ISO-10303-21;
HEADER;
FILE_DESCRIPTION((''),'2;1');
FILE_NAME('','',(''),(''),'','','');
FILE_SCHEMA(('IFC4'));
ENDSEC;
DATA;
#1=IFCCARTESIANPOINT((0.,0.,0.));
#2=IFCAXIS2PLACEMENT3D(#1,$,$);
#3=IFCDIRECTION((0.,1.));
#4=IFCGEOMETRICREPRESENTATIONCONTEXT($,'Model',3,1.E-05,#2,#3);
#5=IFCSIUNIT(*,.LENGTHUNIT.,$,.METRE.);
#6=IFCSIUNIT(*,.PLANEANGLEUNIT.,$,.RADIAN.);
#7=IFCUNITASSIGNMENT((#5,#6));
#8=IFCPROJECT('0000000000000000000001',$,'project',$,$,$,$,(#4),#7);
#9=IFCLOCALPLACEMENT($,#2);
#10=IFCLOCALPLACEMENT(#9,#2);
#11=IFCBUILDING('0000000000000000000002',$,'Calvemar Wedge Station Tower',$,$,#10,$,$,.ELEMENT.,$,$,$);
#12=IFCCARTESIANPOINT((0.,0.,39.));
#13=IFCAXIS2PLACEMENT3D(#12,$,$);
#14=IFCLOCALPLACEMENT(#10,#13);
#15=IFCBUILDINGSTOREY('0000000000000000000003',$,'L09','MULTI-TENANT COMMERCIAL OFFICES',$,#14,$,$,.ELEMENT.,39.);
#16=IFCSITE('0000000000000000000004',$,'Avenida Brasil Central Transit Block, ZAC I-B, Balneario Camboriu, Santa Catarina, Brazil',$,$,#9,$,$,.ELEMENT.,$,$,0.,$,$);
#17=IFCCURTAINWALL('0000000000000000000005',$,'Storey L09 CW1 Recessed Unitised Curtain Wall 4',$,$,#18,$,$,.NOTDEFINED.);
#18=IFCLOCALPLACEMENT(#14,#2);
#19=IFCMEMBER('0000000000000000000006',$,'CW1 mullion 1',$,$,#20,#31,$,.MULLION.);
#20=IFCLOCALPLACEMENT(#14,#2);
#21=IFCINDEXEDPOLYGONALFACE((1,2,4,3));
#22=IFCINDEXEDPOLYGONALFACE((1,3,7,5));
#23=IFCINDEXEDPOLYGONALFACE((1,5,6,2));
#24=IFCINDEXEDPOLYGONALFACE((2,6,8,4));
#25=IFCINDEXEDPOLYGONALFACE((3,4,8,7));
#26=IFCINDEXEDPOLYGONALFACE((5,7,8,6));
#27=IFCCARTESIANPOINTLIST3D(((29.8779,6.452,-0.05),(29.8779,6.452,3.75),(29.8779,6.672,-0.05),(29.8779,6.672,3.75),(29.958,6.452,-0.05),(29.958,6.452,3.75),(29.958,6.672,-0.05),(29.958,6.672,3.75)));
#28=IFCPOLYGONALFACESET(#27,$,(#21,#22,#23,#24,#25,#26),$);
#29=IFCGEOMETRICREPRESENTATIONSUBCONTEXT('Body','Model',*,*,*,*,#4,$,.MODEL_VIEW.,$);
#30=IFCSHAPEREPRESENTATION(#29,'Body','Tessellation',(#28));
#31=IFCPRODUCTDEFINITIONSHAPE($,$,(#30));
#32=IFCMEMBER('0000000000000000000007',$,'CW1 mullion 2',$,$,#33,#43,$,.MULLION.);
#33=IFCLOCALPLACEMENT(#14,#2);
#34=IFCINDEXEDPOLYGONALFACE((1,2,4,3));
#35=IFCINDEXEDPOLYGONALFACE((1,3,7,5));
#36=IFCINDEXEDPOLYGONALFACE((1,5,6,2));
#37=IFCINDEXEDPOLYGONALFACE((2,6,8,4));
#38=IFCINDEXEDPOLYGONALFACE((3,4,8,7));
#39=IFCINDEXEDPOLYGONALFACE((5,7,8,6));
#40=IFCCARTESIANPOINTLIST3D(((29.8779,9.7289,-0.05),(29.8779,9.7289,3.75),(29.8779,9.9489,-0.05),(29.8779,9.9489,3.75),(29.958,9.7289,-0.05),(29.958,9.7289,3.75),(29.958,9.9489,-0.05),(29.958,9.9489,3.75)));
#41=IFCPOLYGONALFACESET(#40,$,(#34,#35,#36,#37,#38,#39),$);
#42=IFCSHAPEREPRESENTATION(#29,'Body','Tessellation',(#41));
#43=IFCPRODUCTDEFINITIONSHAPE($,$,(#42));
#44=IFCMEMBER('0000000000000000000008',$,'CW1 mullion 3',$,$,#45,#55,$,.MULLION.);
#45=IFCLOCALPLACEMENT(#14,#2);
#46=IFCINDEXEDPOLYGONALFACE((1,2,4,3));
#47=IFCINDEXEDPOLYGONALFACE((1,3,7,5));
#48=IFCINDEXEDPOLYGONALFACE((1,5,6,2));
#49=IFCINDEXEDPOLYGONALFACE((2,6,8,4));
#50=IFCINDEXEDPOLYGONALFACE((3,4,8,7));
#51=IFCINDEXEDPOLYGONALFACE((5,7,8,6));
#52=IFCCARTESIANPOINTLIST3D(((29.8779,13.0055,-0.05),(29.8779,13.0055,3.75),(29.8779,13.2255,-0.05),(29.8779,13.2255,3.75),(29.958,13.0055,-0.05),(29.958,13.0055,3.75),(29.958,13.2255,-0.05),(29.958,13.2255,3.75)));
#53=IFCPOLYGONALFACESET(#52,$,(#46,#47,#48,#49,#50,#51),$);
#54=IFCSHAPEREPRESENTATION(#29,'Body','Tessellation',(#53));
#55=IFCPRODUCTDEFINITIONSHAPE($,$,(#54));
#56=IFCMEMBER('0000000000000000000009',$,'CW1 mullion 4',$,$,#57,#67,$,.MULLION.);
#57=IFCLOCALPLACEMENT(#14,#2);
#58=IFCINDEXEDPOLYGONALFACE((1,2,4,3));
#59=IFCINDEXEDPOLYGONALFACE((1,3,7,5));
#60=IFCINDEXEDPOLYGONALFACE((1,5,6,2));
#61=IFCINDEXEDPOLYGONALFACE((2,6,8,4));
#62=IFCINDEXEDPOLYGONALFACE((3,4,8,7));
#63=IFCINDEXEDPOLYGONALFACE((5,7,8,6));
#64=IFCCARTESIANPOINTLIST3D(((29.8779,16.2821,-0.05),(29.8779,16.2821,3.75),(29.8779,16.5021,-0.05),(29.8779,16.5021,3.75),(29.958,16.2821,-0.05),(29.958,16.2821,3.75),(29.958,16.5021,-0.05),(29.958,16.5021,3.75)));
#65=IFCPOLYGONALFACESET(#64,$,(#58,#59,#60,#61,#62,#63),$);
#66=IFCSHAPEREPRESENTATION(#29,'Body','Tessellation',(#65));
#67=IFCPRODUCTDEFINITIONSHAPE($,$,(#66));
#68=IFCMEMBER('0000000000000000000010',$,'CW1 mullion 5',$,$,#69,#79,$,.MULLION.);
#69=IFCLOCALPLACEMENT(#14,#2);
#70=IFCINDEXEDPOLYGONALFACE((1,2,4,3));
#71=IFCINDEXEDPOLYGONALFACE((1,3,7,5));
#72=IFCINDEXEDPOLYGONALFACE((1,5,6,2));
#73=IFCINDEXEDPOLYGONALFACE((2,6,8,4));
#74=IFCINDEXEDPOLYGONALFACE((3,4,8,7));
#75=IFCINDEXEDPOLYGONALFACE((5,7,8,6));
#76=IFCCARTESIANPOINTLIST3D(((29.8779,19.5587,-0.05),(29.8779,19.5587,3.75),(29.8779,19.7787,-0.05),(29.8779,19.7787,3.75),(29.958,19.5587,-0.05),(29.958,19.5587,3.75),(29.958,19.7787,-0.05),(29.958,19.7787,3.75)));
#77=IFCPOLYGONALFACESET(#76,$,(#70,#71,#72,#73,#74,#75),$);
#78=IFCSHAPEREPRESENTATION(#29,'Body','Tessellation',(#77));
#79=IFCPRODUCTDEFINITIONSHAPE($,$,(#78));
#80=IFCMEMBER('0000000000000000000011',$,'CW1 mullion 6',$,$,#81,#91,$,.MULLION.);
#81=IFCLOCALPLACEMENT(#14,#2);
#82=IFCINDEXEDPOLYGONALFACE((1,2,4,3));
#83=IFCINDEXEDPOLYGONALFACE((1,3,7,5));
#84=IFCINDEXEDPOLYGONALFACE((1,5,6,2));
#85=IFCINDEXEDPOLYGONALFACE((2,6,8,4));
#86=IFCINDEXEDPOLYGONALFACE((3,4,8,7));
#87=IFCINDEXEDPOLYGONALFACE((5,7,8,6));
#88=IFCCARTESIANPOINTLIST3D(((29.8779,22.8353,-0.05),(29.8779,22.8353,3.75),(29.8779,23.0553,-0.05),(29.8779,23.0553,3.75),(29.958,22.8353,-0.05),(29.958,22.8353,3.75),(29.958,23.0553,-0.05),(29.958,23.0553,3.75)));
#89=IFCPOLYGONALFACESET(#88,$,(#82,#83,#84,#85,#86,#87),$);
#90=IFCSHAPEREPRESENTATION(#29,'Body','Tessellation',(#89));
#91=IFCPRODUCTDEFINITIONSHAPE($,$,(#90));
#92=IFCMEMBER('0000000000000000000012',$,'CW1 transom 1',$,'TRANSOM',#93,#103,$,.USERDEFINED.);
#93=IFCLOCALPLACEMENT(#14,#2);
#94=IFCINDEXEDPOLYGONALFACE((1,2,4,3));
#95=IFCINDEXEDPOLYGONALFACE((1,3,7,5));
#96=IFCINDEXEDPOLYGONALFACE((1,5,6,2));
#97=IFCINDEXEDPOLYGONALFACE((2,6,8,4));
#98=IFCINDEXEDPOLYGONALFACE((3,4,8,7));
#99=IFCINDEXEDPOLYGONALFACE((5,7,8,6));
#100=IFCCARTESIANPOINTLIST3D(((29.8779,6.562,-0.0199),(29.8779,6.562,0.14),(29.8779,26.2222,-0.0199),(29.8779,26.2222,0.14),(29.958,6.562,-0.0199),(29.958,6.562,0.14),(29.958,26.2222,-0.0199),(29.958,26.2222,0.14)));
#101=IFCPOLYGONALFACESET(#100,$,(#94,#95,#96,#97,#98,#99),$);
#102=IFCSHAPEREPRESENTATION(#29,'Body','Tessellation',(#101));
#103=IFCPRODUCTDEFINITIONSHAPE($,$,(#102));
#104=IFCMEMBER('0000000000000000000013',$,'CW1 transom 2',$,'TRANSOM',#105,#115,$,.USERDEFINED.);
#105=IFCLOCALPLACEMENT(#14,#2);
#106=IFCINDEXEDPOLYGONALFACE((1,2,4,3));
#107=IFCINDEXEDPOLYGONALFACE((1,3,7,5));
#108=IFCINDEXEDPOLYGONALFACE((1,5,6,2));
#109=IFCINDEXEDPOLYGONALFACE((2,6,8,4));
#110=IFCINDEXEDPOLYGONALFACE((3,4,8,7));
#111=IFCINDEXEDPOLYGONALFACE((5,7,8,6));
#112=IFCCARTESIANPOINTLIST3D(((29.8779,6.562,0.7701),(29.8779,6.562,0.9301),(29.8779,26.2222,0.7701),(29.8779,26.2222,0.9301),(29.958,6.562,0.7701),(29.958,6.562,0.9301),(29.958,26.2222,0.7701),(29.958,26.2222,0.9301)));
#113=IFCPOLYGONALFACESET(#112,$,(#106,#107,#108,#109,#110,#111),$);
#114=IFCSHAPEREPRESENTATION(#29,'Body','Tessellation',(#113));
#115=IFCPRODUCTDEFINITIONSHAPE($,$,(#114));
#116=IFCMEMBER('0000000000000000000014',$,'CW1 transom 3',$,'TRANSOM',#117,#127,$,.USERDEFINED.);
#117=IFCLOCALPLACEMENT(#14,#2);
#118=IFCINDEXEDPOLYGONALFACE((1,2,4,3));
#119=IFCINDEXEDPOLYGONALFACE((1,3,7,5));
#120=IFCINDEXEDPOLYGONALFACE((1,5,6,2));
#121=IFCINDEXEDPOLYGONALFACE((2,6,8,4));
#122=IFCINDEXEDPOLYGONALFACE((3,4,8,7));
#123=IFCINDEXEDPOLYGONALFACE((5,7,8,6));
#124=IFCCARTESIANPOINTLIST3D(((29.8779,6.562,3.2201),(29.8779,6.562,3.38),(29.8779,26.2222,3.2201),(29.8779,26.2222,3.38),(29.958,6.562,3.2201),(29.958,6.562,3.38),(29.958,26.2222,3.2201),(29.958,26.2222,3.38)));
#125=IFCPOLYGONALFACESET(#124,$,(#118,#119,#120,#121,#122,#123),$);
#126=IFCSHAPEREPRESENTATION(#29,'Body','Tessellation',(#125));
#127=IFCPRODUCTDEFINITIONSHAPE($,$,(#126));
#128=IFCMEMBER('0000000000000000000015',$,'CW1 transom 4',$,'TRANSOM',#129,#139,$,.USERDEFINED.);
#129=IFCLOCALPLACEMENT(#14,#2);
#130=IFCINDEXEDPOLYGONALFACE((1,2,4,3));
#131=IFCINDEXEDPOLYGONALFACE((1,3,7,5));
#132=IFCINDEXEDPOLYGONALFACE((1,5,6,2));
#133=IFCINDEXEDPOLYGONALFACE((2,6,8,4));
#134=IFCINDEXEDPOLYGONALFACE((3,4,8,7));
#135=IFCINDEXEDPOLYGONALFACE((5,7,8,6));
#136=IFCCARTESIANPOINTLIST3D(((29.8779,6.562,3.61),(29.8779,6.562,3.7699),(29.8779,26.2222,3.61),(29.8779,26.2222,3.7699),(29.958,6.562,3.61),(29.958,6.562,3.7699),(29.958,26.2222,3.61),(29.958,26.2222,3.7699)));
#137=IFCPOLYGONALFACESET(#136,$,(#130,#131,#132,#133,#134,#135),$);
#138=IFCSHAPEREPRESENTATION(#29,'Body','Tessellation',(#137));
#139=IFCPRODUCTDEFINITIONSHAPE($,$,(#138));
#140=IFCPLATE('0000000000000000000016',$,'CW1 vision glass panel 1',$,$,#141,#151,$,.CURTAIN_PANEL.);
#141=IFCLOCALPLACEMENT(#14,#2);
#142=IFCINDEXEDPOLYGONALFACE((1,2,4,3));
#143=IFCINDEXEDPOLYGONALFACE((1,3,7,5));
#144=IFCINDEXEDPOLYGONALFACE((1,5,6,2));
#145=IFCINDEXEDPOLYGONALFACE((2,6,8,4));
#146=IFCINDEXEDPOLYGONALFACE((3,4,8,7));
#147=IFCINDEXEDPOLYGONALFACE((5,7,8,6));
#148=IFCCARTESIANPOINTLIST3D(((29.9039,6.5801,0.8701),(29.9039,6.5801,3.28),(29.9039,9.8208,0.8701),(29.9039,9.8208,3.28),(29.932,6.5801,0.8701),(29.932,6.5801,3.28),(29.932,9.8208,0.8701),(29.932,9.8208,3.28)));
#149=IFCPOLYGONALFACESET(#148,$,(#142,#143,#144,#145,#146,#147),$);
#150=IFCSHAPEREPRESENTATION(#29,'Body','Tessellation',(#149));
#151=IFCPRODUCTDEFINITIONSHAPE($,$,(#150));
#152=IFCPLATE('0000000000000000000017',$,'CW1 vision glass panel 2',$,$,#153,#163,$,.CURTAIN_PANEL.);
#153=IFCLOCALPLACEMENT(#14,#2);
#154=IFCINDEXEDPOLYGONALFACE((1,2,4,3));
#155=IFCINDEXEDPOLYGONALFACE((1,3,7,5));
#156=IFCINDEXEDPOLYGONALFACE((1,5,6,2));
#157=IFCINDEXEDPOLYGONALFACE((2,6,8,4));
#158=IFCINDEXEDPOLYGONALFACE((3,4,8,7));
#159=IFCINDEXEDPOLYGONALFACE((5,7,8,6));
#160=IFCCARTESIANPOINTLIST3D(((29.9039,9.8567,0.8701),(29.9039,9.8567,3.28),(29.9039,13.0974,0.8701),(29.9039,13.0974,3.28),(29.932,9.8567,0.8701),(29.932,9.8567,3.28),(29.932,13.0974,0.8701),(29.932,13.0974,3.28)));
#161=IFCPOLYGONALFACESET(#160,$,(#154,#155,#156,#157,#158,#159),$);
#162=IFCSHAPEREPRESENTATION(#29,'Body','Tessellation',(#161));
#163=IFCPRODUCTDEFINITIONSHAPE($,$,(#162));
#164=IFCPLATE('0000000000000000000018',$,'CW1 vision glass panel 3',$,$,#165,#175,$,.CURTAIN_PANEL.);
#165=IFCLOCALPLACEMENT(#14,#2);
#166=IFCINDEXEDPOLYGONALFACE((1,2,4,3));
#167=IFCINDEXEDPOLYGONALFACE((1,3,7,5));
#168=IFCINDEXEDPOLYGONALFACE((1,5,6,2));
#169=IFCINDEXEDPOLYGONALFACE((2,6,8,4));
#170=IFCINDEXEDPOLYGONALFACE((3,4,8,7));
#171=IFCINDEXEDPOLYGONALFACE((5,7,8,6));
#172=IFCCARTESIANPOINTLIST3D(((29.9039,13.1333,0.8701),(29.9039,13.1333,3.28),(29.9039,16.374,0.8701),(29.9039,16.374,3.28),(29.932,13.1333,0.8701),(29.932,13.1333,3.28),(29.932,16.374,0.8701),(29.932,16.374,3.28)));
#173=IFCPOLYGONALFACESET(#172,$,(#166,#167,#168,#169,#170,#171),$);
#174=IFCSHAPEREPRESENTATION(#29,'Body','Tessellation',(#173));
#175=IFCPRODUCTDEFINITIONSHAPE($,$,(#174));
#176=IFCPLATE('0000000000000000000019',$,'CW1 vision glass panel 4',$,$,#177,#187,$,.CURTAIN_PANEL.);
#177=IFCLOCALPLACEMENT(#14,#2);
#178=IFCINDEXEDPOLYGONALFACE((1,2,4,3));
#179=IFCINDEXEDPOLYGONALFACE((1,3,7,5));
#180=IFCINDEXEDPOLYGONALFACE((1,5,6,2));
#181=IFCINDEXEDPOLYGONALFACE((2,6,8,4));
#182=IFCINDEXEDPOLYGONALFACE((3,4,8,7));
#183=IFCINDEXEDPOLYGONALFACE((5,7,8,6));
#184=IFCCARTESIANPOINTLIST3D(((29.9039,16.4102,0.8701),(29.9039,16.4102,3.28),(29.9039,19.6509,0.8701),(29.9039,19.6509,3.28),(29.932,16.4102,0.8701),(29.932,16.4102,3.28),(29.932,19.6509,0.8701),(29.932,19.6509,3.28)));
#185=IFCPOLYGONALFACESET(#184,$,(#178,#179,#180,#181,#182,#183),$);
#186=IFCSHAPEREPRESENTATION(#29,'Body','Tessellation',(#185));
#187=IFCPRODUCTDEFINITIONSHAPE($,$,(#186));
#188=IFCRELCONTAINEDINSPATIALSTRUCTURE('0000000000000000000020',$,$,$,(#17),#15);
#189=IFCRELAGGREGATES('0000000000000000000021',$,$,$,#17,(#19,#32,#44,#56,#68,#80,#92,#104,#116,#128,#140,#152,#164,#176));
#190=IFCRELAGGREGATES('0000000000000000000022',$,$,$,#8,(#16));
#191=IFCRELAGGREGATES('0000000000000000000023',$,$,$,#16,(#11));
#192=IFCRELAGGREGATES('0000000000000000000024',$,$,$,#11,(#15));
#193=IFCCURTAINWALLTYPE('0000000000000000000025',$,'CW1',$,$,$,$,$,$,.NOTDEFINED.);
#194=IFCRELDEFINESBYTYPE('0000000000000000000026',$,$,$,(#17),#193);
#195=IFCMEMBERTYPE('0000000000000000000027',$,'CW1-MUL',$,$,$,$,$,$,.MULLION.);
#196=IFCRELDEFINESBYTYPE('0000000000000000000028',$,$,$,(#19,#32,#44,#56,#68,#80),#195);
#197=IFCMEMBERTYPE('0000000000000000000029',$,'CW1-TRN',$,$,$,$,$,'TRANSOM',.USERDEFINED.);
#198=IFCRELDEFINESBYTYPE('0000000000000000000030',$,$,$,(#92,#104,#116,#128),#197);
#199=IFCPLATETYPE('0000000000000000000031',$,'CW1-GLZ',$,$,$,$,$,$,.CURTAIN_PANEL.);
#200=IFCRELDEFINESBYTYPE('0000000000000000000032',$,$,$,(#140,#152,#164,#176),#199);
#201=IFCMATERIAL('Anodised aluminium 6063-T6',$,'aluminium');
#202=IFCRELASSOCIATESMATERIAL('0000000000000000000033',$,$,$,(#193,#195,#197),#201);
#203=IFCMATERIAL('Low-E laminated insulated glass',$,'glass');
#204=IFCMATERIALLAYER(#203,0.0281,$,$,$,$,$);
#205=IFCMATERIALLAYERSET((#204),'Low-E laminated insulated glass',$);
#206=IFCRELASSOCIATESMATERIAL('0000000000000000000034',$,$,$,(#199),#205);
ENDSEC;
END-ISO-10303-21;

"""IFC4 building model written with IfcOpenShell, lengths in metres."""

from ifc_helpers import new_model, si_unit, direction, frame, frame_2d, origin, origin_2d, place, context, subcontext, project, spatial, rectangle, extrude, source, transform, mapped, material, layer, layer_set, material_profile, profile_set, type_object, element, aggregate, save


model = new_model("IFC4")

# Units and contexts
model_context = context("Model", 3, precision=1e-05, world=origin(), true_north=direction((0.0, 1.0)))
body_context = subcontext(model_context, "Body", "Model", "MODEL_VIEW")
ifc_project = project(units=[si_unit("LENGTHUNIT", "METRE"), si_unit("PLANEANGLEUNIT", "RADIAN")], contexts=[model_context])

# Site, building, storey
site_placement = place(None, origin())
site = spatial("IfcSite", under=ifc_project, at=site_placement, Name="Avenida Brasil Central Transit Block, ZAC I-B, Balneario Camboriu, Santa Catarina, Brazil", CompositionType="ELEMENT", RefElevation=0.0)
building_placement = place(site_placement, origin())
building = spatial("IfcBuilding", under=site, at=building_placement, Name="Calvemar Wedge Station Tower", CompositionType="ELEMENT")
storey_placement = place(building_placement, frame((0.0, 0.0, 39.0)))
storey = spatial("IfcBuildingStorey", under=building, at=storey_placement, Name="L09", Description="MULTI-TENANT COMMERCIAL OFFICES", CompositionType="ELEMENT", Elevation=39.0)

# Curtain wall, members, plates
ifc_material_1 = material(Name="Anodised aluminium 6063-T6", Category="aluminium")
curtain_wall_type = type_object("IfcCurtainWallType", Name="CW1", PredefinedType="NOTDEFINED", material=ifc_material_1)
curtain_wall_placement = place(storey_placement, origin())
curtain_wall = element("IfcCurtainWall", 1, at=curtain_wall_placement, inside=storey, type_object=curtain_wall_type, Name="Storey L09 CW1 Recessed Unitised Curtain Wall 4", PredefinedType="NOTDEFINED")
ifc_material_profile_1 = material_profile(ifc_material_1, rectangle(XDim=0.0801, YDim=0.22, at=origin_2d()), Name="AL-MUL-80x220")
ifc_profile_set_1 = profile_set([ifc_material_profile_1], Name="Anodised aluminium 6063-T6")
member_type_1 = type_object("IfcMemberType", Name="CW1-MUL", PredefinedType="MULLION", material=ifc_profile_set_1)
shared_shape_1 = source(origin(), body_context, "Body", "SweptSolid", [
    extrude(rectangle(XDim=0.0801, YDim=0.22, at=origin_2d()), origin(), (0.0, 0.0, 1.0), 3.8),
])
member_1_placement = place(storey_placement, frame((29.918, 6.562, -0.05), z_axis=(0.0, 0.0, 1.0), x_axis=(1.0, 0.0, 0.0)))
member_1 = element("IfcMember", 2, at=member_1_placement, type_object=member_type_1, Name="CW1 mullion 1", PredefinedType="MULLION", context=body_context, shape_type="MappedRepresentation", body=[
    mapped(shared_shape_1, transform((0.0, 0.0, 0.0), scale=1.0)),
])
member_2_placement = place(storey_placement, frame((29.918, 9.8389, -0.05), z_axis=(0.0, 0.0, 1.0), x_axis=(1.0, 0.0, 0.0)))
member_2 = element("IfcMember", 3, at=member_2_placement, type_object=member_type_1, Name="CW1 mullion 2", PredefinedType="MULLION", context=body_context, shape_type="MappedRepresentation", body=[
    mapped(shared_shape_1, transform((0.0, 0.0, 0.0), scale=1.0)),
])
member_3_placement = place(storey_placement, frame((29.918, 13.1155, -0.05), z_axis=(0.0, 0.0, 1.0), x_axis=(1.0, 0.0, 0.0)))
member_3 = element("IfcMember", 4, at=member_3_placement, type_object=member_type_1, Name="CW1 mullion 3", PredefinedType="MULLION", context=body_context, shape_type="MappedRepresentation", body=[
    mapped(shared_shape_1, transform((0.0, 0.0, 0.0), scale=1.0)),
])
member_4_placement = place(storey_placement, frame((29.918, 16.3921, -0.05), z_axis=(0.0, 0.0, 1.0), x_axis=(1.0, 0.0, 0.0)))
member_4 = element("IfcMember", 5, at=member_4_placement, type_object=member_type_1, Name="CW1 mullion 4", PredefinedType="MULLION", context=body_context, shape_type="MappedRepresentation", body=[
    mapped(shared_shape_1, transform((0.0, 0.0, 0.0), scale=1.0)),
])
member_5_placement = place(storey_placement, frame((29.918, 19.6687, -0.05), z_axis=(0.0, 0.0, 1.0), x_axis=(1.0, 0.0, 0.0)))
member_5 = element("IfcMember", 6, at=member_5_placement, type_object=member_type_1, Name="CW1 mullion 5", PredefinedType="MULLION", context=body_context, shape_type="MappedRepresentation", body=[
    mapped(shared_shape_1, transform((0.0, 0.0, 0.0), scale=1.0)),
])
member_6_placement = place(storey_placement, frame((29.918, 22.9453, -0.05), z_axis=(0.0, 0.0, 1.0), x_axis=(1.0, 0.0, 0.0)))
member_6 = element("IfcMember", 7, at=member_6_placement, type_object=member_type_1, Name="CW1 mullion 6", PredefinedType="MULLION", context=body_context, shape_type="MappedRepresentation", body=[
    mapped(shared_shape_1, transform((0.0, 0.0, 0.0), scale=1.0)),
])
ifc_material_profile_2 = material_profile(ifc_material_1, rectangle(XDim=0.0801, YDim=0.1599, at=origin_2d()), Name="AL-TRN-80x160")
ifc_profile_set_2 = profile_set([ifc_material_profile_2], Name="Anodised aluminium 6063-T6")
member_type_2 = type_object("IfcMemberType", Name="CW1-TRN", ElementType="TRANSOM", PredefinedType="USERDEFINED", material=ifc_profile_set_2)
shared_shape_2 = source(origin(), body_context, "Body", "SweptSolid", [
    extrude(rectangle(XDim=0.0801, YDim=0.1599, at=origin_2d()), origin(), (0.0, 0.0, 1.0), 19.6602),
])
member_7_placement = place(storey_placement, frame((29.918, 6.562, 0.0601), z_axis=(0.0, 1.0, 0.0), x_axis=(-1.0, 0.0, 0.0)))
member_7 = element("IfcMember", 8, at=member_7_placement, type_object=member_type_2, Name="CW1 transom 1", ObjectType="TRANSOM", PredefinedType="USERDEFINED", context=body_context, shape_type="MappedRepresentation", body=[
    mapped(shared_shape_2, transform((0.0, 0.0, 0.0), scale=1.0)),
])
member_8_placement = place(storey_placement, frame((29.918, 6.562, 0.8501), z_axis=(0.0, 1.0, 0.0), x_axis=(-1.0, 0.0, 0.0)))
member_8 = element("IfcMember", 9, at=member_8_placement, type_object=member_type_2, Name="CW1 transom 2", ObjectType="TRANSOM", PredefinedType="USERDEFINED", context=body_context, shape_type="MappedRepresentation", body=[
    mapped(shared_shape_2, transform((0.0, 0.0, 0.0), scale=1.0)),
])
member_9_placement = place(storey_placement, frame((29.918, 6.562, 3.3), z_axis=(0.0, 1.0, 0.0), x_axis=(-1.0, 0.0, 0.0)))
member_9 = element("IfcMember", 10, at=member_9_placement, type_object=member_type_2, Name="CW1 transom 3", ObjectType="TRANSOM", PredefinedType="USERDEFINED", context=body_context, shape_type="MappedRepresentation", body=[
    mapped(shared_shape_2, transform((0.0, 0.0, 0.0), scale=1.0)),
])
member_10_placement = place(storey_placement, frame((29.918, 6.562, 3.6899), z_axis=(0.0, 1.0, 0.0), x_axis=(-1.0, 0.0, 0.0)))
member_10 = element("IfcMember", 11, at=member_10_placement, type_object=member_type_2, Name="CW1 transom 4", ObjectType="TRANSOM", PredefinedType="USERDEFINED", context=body_context, shape_type="MappedRepresentation", body=[
    mapped(shared_shape_2, transform((0.0, 0.0, 0.0), scale=1.0)),
])
ifc_material_2 = material(Name="Low-E laminated insulated glass", Category="glass")
ifc_layer_1 = layer(ifc_material_2, 0.0281)
ifc_layer_set_1 = layer_set([ifc_layer_1], Name="Low-E laminated insulated glass")
plate_type_1 = type_object("IfcPlateType", Name="CW1-GLZ", PredefinedType="CURTAIN_PANEL", material=ifc_layer_set_1)
plate_1_placement = place(storey_placement, frame((29.918, 6.5801, 0.8701), z_axis=(0.0, 0.0, 1.0), x_axis=(0.0, 1.0, 0.0)))
plate_1 = element("IfcPlate", 12, at=plate_1_placement, type_object=plate_type_1, Name="CW1 vision glass panel 1", PredefinedType="CURTAIN_PANEL", context=body_context, shape_type="SweptSolid", body=[
    extrude(rectangle(XDim=3.2407, YDim=0.0281, at=frame_2d((1.6204, 0.0))), origin(), (0.0, 0.0, 1.0), 2.4099),
])
plate_2_placement = place(storey_placement, frame((29.918, 9.8567, 0.8701), z_axis=(0.0, 0.0, 1.0), x_axis=(0.0, 1.0, 0.0)))
plate_2 = element("IfcPlate", 13, at=plate_2_placement, type_object=plate_type_1, Name="CW1 vision glass panel 2", PredefinedType="CURTAIN_PANEL", context=body_context, shape_type="SweptSolid", body=[
    extrude(rectangle(XDim=3.2407, YDim=0.0281, at=frame_2d((1.6204, 0.0))), origin(), (0.0, 0.0, 1.0), 2.4099),
])
plate_3_placement = place(storey_placement, frame((29.918, 13.1333, 0.8701), z_axis=(0.0, 0.0, 1.0), x_axis=(0.0, 1.0, 0.0)))
plate_3 = element("IfcPlate", 14, at=plate_3_placement, type_object=plate_type_1, Name="CW1 vision glass panel 3", PredefinedType="CURTAIN_PANEL", context=body_context, shape_type="SweptSolid", body=[
    extrude(rectangle(XDim=3.2407, YDim=0.0281, at=frame_2d((1.6204, 0.0))), origin(), (0.0, 0.0, 1.0), 2.4099),
])
plate_4_placement = place(storey_placement, frame((29.918, 16.4102, 0.8701), z_axis=(0.0, 0.0, 1.0), x_axis=(0.0, 1.0, 0.0)))
plate_4 = element("IfcPlate", 15, at=plate_4_placement, type_object=plate_type_1, Name="CW1 vision glass panel 4", PredefinedType="CURTAIN_PANEL", context=body_context, shape_type="SweptSolid", body=[
    extrude(rectangle(XDim=3.2407, YDim=0.0281, at=frame_2d((1.6204, 0.0))), origin(), (0.0, 0.0, 1.0), 2.4099),
])
aggregate(curtain_wall, [member_1, member_2, member_3, member_4, member_5, member_6, member_7, member_8, member_9, member_10, plate_1, plate_2, plate_3, plate_4])

save(model, "model.ifc")
